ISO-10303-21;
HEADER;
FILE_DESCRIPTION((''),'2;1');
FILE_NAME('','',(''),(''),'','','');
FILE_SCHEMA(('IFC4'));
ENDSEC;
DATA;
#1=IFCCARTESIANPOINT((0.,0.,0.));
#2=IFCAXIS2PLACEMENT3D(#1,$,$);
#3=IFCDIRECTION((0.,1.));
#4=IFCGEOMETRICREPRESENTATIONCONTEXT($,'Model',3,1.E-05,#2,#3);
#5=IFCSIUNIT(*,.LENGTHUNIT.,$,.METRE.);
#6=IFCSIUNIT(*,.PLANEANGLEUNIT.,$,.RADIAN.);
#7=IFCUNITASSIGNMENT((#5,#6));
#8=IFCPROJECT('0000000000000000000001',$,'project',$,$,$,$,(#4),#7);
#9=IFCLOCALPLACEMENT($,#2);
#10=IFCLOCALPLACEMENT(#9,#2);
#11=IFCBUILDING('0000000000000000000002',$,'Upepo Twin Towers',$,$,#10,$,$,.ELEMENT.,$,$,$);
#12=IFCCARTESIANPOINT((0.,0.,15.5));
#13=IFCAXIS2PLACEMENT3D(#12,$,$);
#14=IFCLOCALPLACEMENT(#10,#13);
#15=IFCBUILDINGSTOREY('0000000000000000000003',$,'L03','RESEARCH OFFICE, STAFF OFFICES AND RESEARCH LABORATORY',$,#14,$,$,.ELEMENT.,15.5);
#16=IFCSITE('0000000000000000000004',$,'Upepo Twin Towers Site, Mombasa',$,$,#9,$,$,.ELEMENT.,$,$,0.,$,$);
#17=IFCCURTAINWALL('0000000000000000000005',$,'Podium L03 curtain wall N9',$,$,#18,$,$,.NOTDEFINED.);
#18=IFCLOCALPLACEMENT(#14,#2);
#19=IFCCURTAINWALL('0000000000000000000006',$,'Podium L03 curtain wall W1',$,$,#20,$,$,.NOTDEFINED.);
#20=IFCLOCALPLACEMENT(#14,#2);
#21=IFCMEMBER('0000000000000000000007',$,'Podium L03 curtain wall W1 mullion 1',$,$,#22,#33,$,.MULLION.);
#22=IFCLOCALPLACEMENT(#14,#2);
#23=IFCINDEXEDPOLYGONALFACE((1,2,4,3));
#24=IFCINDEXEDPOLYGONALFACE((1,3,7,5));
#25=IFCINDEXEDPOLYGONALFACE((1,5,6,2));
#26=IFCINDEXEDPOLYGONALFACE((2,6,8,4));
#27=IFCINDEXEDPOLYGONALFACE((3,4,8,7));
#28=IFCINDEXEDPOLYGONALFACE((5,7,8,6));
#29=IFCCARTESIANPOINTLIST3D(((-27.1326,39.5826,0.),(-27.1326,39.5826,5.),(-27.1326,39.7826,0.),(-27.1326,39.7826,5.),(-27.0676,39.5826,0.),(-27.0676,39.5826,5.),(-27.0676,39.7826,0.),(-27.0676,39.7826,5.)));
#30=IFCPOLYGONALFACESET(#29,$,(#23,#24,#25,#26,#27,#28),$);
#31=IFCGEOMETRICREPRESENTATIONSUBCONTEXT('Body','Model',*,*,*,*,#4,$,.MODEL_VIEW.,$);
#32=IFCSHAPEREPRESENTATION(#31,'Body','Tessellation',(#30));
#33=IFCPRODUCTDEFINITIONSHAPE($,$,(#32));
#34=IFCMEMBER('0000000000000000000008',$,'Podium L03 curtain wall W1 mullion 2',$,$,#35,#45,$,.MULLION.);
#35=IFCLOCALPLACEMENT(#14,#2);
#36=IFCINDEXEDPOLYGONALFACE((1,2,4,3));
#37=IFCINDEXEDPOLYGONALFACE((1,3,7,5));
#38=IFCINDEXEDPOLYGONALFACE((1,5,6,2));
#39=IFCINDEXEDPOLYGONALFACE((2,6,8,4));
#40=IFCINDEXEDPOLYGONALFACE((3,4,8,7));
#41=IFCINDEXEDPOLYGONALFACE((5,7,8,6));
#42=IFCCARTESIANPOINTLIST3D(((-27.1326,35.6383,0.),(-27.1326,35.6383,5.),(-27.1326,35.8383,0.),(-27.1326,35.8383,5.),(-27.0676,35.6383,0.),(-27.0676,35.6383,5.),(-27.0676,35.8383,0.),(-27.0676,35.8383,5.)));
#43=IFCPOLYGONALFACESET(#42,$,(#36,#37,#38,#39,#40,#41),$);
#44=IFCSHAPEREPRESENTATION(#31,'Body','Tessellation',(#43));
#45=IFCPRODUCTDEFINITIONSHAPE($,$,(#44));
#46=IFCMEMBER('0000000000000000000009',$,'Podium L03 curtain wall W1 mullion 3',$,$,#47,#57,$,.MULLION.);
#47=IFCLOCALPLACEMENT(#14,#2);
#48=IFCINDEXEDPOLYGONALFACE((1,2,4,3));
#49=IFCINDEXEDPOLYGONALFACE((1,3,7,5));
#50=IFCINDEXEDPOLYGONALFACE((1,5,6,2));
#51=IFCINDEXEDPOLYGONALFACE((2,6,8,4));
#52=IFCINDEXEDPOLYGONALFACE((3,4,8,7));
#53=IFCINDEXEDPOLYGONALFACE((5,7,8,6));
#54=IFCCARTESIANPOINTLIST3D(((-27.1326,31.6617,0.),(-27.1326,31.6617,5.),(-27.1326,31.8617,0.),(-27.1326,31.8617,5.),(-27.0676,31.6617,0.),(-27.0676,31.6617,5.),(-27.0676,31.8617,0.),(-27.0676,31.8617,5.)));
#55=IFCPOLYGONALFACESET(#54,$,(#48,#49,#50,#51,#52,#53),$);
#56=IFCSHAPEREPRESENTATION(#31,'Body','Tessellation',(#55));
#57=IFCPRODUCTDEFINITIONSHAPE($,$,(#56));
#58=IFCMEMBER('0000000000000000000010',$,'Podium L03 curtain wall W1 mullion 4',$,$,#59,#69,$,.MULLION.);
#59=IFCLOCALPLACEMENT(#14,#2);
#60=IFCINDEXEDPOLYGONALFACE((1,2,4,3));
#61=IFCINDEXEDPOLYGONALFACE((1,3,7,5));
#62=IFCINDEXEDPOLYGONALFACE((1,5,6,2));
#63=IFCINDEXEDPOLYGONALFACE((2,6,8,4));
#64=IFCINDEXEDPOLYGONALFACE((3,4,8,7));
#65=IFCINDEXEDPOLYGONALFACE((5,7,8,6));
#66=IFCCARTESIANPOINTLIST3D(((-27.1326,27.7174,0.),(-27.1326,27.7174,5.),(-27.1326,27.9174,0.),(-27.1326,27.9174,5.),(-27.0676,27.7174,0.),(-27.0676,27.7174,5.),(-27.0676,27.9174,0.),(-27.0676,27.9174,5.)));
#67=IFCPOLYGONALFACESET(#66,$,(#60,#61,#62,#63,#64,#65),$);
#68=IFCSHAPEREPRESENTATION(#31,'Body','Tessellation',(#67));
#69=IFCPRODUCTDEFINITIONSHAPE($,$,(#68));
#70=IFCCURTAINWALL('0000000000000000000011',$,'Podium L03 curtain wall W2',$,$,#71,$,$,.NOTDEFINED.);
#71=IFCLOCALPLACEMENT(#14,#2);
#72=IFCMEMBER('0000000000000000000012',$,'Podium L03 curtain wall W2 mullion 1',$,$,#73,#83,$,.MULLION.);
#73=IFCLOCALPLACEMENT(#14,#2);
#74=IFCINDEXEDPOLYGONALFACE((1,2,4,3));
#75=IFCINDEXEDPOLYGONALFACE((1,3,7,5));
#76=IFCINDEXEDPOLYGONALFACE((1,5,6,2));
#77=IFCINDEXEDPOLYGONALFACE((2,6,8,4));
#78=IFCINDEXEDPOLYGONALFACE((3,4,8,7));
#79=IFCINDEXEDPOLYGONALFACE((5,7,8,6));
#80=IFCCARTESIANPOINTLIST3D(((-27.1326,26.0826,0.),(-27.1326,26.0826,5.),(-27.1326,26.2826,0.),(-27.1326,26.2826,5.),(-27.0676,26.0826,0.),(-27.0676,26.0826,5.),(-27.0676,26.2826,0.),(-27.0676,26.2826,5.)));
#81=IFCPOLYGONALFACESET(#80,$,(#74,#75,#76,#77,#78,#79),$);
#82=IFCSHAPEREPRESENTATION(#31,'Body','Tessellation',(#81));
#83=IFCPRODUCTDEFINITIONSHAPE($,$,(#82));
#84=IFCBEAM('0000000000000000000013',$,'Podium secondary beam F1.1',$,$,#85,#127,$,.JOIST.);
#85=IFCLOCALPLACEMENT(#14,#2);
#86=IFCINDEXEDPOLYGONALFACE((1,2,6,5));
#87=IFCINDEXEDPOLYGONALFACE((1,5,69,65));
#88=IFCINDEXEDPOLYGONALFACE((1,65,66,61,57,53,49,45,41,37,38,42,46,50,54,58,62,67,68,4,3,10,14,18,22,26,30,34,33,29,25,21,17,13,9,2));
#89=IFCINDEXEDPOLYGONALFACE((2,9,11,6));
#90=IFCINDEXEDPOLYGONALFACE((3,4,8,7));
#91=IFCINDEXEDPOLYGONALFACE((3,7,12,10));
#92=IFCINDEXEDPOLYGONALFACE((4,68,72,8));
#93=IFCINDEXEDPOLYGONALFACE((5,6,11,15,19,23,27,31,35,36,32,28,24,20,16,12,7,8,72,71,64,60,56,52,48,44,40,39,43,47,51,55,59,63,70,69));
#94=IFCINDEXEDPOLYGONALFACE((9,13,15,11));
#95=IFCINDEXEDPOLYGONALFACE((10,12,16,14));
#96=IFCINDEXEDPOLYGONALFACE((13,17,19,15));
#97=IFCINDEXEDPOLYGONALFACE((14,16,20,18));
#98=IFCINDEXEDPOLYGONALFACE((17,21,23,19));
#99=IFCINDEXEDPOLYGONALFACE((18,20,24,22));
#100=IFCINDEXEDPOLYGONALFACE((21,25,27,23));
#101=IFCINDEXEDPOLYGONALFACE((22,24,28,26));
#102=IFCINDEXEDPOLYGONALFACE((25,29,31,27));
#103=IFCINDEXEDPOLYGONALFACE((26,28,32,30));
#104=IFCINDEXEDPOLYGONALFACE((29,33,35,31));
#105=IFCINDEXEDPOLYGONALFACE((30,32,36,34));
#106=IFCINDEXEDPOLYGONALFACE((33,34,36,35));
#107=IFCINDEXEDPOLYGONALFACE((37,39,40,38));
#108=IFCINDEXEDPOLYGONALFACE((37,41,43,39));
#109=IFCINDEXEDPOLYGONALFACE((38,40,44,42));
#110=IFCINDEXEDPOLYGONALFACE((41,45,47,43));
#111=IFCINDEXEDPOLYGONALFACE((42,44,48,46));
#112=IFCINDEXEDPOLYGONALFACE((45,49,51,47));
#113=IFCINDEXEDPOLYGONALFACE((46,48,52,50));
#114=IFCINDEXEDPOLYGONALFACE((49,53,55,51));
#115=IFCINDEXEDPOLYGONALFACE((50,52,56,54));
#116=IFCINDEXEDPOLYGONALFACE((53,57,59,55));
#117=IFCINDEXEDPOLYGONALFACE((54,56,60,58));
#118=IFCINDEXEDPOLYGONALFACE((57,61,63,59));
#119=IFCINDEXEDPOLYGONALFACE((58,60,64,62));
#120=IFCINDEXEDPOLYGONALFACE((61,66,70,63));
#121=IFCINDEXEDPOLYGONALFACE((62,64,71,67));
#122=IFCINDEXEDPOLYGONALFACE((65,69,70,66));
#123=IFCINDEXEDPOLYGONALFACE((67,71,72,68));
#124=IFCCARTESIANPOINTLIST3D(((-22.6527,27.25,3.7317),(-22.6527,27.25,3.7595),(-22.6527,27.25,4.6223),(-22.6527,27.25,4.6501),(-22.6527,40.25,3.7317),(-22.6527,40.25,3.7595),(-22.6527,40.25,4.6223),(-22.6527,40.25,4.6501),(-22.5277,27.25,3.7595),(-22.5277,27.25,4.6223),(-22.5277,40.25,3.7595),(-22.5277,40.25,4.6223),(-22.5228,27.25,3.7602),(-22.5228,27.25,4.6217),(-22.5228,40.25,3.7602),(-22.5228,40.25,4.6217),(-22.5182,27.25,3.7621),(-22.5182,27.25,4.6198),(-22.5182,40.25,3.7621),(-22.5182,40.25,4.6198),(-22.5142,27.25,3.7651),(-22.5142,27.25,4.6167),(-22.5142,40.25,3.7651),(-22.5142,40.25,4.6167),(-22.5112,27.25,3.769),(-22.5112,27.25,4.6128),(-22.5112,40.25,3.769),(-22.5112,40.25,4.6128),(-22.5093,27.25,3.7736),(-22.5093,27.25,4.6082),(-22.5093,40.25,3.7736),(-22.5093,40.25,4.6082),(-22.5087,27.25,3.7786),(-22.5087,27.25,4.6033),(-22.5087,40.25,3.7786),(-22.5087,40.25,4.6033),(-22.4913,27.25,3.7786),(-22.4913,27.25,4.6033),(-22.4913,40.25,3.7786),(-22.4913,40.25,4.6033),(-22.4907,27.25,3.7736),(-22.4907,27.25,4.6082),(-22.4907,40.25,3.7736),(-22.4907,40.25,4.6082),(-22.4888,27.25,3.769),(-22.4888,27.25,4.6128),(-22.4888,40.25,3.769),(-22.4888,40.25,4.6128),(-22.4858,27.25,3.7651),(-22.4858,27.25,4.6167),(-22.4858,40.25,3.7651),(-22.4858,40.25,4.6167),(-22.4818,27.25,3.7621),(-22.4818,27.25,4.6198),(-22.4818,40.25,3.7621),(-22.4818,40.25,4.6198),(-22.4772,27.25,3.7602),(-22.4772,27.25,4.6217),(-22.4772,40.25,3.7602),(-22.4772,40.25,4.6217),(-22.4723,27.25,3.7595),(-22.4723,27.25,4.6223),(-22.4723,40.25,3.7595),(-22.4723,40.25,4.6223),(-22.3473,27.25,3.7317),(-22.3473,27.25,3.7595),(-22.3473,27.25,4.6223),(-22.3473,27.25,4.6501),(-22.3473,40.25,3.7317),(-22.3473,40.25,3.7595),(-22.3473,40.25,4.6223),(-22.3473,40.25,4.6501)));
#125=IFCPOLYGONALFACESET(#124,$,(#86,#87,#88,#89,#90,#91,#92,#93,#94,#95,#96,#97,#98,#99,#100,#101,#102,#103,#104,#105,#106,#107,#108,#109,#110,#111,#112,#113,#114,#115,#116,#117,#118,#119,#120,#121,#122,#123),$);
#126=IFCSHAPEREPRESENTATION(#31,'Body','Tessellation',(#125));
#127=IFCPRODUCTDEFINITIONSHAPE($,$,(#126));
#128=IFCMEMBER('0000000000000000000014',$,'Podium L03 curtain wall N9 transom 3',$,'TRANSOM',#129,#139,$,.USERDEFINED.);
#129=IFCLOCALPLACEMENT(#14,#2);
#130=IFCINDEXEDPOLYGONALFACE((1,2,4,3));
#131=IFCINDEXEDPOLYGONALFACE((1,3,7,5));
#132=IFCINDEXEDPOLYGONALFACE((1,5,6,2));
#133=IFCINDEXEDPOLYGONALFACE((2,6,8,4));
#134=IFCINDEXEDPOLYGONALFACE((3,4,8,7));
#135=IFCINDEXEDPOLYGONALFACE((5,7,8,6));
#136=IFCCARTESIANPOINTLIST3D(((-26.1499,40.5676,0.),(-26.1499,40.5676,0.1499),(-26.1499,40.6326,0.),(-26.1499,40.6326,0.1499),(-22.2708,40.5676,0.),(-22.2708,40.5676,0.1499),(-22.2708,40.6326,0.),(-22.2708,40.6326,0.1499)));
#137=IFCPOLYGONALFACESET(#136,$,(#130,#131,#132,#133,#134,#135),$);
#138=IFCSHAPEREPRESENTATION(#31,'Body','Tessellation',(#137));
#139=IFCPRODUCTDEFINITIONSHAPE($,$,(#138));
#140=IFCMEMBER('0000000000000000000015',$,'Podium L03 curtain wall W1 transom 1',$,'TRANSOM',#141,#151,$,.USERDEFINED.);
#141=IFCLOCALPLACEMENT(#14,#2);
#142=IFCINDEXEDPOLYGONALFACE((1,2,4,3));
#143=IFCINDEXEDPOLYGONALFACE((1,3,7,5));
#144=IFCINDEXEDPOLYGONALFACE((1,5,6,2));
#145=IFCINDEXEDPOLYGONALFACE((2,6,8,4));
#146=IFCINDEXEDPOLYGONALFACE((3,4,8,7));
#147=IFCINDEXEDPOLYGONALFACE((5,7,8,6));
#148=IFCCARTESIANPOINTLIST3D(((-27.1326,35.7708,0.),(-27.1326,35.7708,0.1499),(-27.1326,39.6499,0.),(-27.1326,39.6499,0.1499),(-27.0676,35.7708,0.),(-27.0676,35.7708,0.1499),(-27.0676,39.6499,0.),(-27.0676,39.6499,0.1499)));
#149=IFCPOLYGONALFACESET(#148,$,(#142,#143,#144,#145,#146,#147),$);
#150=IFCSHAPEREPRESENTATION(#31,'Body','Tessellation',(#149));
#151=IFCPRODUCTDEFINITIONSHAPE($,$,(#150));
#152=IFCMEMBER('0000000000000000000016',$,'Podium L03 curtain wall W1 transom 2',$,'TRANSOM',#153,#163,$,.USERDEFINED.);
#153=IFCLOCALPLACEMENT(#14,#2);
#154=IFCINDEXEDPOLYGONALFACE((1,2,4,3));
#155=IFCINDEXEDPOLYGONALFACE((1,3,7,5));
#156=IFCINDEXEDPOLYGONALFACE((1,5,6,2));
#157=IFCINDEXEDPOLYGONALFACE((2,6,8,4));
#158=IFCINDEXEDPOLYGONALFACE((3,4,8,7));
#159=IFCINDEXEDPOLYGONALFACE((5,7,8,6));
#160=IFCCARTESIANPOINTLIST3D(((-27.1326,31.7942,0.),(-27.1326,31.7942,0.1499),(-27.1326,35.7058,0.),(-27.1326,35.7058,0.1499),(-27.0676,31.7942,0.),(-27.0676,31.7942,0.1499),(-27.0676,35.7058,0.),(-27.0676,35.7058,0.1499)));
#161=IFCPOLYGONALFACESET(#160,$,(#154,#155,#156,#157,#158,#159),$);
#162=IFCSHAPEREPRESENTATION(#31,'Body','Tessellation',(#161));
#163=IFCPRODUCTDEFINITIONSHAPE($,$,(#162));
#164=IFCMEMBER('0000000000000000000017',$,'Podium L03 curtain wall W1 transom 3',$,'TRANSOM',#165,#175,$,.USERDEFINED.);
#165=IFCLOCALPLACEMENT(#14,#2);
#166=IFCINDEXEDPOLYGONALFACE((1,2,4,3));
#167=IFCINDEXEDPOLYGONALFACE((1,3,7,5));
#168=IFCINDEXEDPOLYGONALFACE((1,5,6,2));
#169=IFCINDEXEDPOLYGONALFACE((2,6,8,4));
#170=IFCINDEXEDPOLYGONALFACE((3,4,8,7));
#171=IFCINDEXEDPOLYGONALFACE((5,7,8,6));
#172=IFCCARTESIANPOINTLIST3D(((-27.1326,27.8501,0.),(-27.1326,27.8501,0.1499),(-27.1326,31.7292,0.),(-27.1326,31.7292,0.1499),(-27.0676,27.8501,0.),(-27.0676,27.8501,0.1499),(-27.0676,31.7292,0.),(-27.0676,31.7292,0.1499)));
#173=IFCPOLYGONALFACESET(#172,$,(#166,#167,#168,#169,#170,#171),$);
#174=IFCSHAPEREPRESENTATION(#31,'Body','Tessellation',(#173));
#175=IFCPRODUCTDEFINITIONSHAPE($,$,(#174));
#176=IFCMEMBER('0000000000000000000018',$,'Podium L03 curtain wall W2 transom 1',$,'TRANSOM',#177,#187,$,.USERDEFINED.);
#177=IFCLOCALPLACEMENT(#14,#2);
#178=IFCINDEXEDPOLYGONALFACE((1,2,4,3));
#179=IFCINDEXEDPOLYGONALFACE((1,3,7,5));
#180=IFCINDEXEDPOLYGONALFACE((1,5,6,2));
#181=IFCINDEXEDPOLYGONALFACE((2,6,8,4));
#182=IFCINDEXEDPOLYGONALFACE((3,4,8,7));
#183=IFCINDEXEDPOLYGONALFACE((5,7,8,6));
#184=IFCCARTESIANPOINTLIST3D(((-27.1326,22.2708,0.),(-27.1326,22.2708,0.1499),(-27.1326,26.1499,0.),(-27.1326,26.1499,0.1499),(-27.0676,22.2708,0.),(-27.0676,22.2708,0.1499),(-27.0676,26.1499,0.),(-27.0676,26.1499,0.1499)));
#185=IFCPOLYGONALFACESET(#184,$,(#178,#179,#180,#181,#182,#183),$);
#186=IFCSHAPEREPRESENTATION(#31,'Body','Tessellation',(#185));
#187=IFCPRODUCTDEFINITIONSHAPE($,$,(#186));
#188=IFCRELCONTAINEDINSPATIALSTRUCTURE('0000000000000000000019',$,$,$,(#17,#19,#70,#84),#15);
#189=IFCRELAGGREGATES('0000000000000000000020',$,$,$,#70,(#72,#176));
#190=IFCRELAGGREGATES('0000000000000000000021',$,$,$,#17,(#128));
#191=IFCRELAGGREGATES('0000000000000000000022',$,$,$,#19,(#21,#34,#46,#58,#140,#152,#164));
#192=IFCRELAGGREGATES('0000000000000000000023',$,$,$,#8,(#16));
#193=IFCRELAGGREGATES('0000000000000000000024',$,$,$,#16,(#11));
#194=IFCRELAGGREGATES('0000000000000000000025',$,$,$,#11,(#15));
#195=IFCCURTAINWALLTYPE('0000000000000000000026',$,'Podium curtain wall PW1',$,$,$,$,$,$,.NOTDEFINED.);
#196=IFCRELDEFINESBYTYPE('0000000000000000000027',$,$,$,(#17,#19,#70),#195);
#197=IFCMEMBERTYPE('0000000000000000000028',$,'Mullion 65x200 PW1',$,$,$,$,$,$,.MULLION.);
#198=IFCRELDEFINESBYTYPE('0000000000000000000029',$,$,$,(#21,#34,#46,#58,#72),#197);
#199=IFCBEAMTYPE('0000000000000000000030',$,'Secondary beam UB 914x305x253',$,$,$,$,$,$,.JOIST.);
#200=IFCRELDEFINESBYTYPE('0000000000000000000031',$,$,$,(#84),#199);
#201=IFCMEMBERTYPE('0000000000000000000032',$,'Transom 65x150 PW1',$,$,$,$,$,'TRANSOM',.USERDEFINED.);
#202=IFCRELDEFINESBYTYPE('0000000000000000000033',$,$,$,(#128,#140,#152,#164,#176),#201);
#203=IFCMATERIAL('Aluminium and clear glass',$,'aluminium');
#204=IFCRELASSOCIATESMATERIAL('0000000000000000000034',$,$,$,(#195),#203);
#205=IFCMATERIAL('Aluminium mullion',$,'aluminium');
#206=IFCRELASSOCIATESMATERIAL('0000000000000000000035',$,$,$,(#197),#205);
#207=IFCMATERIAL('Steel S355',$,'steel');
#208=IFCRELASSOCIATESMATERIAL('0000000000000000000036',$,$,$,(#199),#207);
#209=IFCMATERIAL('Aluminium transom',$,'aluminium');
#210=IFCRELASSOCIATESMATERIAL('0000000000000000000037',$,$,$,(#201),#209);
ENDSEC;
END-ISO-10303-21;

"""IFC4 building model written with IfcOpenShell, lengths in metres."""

from ifc_helpers import new_model, si_unit, direction, frame, origin, origin_2d, place, context, subcontext, project, spatial, rectangle, i_section, extrude, material, material_profile, profile_set, type_object, element, aggregate, save


model = new_model("IFC4")

# Units and contexts
model_context = context("Model", 3, precision=1e-05, world=origin(), true_north=direction((0.0, 1.0)))
body_context = subcontext(model_context, "Body", "Model", "MODEL_VIEW")
ifc_project = project(units=[si_unit("LENGTHUNIT", "METRE"), si_unit("PLANEANGLEUNIT", "RADIAN")], contexts=[model_context])

# Site, building, storey
site_placement = place(None, origin())
site = spatial("IfcSite", under=ifc_project, at=site_placement, Name="Upepo Twin Towers Site, Mombasa", CompositionType="ELEMENT", RefElevation=0.0)
building_placement = place(site_placement, origin())
building = spatial("IfcBuilding", under=site, at=building_placement, Name="Upepo Twin Towers", CompositionType="ELEMENT")
storey_placement = place(building_placement, frame((0.0, 0.0, 15.5)))
storey = spatial("IfcBuildingStorey", under=building, at=storey_placement, Name="L03", Description="RESEARCH OFFICE, STAFF OFFICES AND RESEARCH LABORATORY", CompositionType="ELEMENT", Elevation=15.5)

# Curtain walls, members
ifc_material_1 = material(Name="Aluminium and clear glass", Category="aluminium")
curtain_wall_type = type_object("IfcCurtainWallType", Name="Podium curtain wall PW1", PredefinedType="NOTDEFINED", material=ifc_material_1)
curtain_wall_1_placement = place(storey_placement, origin())
curtain_wall_1 = element("IfcCurtainWall", 1, at=curtain_wall_1_placement, inside=storey, type_object=curtain_wall_type, Name="Podium L03 curtain wall N9", PredefinedType="NOTDEFINED")
ifc_material_2 = material(Name="Aluminium mullion", Category="aluminium")
ifc_material_profile_1 = material_profile(ifc_material_2, rectangle(XDim=0.0649, YDim=0.2, at=origin_2d()), Name="MULLION 65x200 PODIUM")
ifc_profile_set_1 = profile_set([ifc_material_profile_1], Name="Aluminium mullion")
member_type_1 = type_object("IfcMemberType", Name="Mullion 65x200 PW1", PredefinedType="MULLION", material=ifc_profile_set_1)
curtain_wall_2_placement = place(storey_placement, origin())
curtain_wall_2 = element("IfcCurtainWall", 2, at=curtain_wall_2_placement, inside=storey, type_object=curtain_wall_type, Name="Podium L03 curtain wall W1", PredefinedType="NOTDEFINED")
member_1_placement = place(storey_placement, frame((-27.1001, 39.6826, 0.0), z_axis=(0.0, 0.0, 1.0), x_axis=(1.0, 0.0, 0.0)))
member_1 = element("IfcMember", 3, at=member_1_placement, type_object=member_type_1, Name="Podium L03 curtain wall W1 mullion 1", PredefinedType="MULLION", context=body_context, shape_type="SweptSolid", body=[
    extrude(rectangle(XDim=0.0649, YDim=0.2, at=origin_2d()), origin(), (0.0, 0.0, 1.0), 5.0),
])
member_2_placement = place(storey_placement, frame((-27.1001, 35.7383, 0.0), z_axis=(0.0, 0.0, 1.0), x_axis=(1.0, 0.0, 0.0)))
member_2 = element("IfcMember", 4, at=member_2_placement, type_object=member_type_1, Name="Podium L03 curtain wall W1 mullion 2", PredefinedType="MULLION", context=body_context, shape_type="SweptSolid", body=[
    extrude(rectangle(XDim=0.0649, YDim=0.2, at=origin_2d()), origin(), (0.0, 0.0, 1.0), 5.0),
])
member_3_placement = place(storey_placement, frame((-27.1001, 31.7617, 0.0), z_axis=(0.0, 0.0, 1.0), x_axis=(1.0, 0.0, 0.0)))
member_3 = element("IfcMember", 5, at=member_3_placement, type_object=member_type_1, Name="Podium L03 curtain wall W1 mullion 3", PredefinedType="MULLION", context=body_context, shape_type="SweptSolid", body=[
    extrude(rectangle(XDim=0.0649, YDim=0.2, at=origin_2d()), origin(), (0.0, 0.0, 1.0), 5.0),
])
member_4_placement = place(storey_placement, frame((-27.1001, 27.8174, 0.0), z_axis=(0.0, 0.0, 1.0), x_axis=(1.0, 0.0, 0.0)))
member_4 = element("IfcMember", 6, at=member_4_placement, type_object=member_type_1, Name="Podium L03 curtain wall W1 mullion 4", PredefinedType="MULLION", context=body_context, shape_type="SweptSolid", body=[
    extrude(rectangle(XDim=0.0649, YDim=0.2, at=origin_2d()), origin(), (0.0, 0.0, 1.0), 5.0),
])

# Curtain wall, member
curtain_wall_3_placement = place(storey_placement, origin())
curtain_wall_3 = element("IfcCurtainWall", 7, at=curtain_wall_3_placement, inside=storey, type_object=curtain_wall_type, Name="Podium L03 curtain wall W2", PredefinedType="NOTDEFINED")
member_5_placement = place(storey_placement, frame((-27.1001, 26.1826, 0.0), z_axis=(0.0, 0.0, 1.0), x_axis=(1.0, 0.0, 0.0)))
member_5 = element("IfcMember", 8, at=member_5_placement, type_object=member_type_1, Name="Podium L03 curtain wall W2 mullion 1", PredefinedType="MULLION", context=body_context, shape_type="SweptSolid", body=[
    extrude(rectangle(XDim=0.0649, YDim=0.2, at=origin_2d()), origin(), (0.0, 0.0, 1.0), 5.0),
])

# Beam
ifc_material_3 = material(Name="Steel S355", Category="steel")
ifc_material_profile_2 = material_profile(ifc_material_3, i_section(OverallWidth=0.3054, OverallDepth=0.9185, WebThickness=0.0173, FlangeThickness=0.0278, FilletRadius=0.019, at=origin_2d()), Name="UB 914x305x253")
ifc_profile_set_2 = profile_set([ifc_material_profile_2], Name="Steel S355")
beam_type_1 = type_object("IfcBeamType", Name="Secondary beam UB 914x305x253", PredefinedType="JOIST", material=ifc_profile_set_2)
beam_placement = place(storey_placement, frame((-22.5, 27.25, 4.1909), z_axis=(0.0, 1.0, 0.0), x_axis=(-1.0, 0.0, 0.0)))
element("IfcBeam", 9, at=beam_placement, inside=storey, type_object=beam_type_1, Name="Podium secondary beam F1.1", PredefinedType="JOIST", context=body_context, shape_type="SweptSolid", body=[
    extrude(i_section(OverallWidth=0.3054, OverallDepth=0.9185, WebThickness=0.0173, FlangeThickness=0.0278, FilletRadius=0.019, at=origin_2d()), origin(), (0.0, 0.0, 1.0), 13.0),
])

# Members
ifc_material_4 = material(Name="Aluminium transom", Category="aluminium")
ifc_material_profile_3 = material_profile(ifc_material_4, rectangle(XDim=0.0649, YDim=0.1499, at=origin_2d()), Name="TRANSOM 65x150 PODIUM")
ifc_profile_set_3 = profile_set([ifc_material_profile_3], Name="Aluminium transom")
member_type_2 = type_object("IfcMemberType", Name="Transom 65x150 PW1", ElementType="TRANSOM", PredefinedType="USERDEFINED", material=ifc_profile_set_3)
member_6_placement = place(storey_placement, frame((-22.2708, 40.6001, 0.075), z_axis=(-1.0, 0.0, 0.0), x_axis=(0.0, -1.0, 0.0)))
member_6 = element("IfcMember", 10, at=member_6_placement, type_object=member_type_2, Name="Podium L03 curtain wall N9 transom 3", ObjectType="TRANSOM", PredefinedType="USERDEFINED", context=body_context, shape_type="SweptSolid", body=[
    extrude(rectangle(XDim=0.0649, YDim=0.1499, at=origin_2d()), origin(), (0.0, 0.0, 1.0), 3.8792),
])
member_7_placement = place(storey_placement, frame((-27.1001, 39.6499, 0.075), z_axis=(0.0, -1.0, 0.0), x_axis=(1.0, 0.0, 0.0)))
member_7 = element("IfcMember", 11, at=member_7_placement, type_object=member_type_2, Name="Podium L03 curtain wall W1 transom 1", ObjectType="TRANSOM", PredefinedType="USERDEFINED", context=body_context, shape_type="SweptSolid", body=[
    extrude(rectangle(XDim=0.0649, YDim=0.1499, at=origin_2d()), origin(), (0.0, 0.0, 1.0), 3.8792),
])
member_8_placement = place(storey_placement, frame((-27.1001, 35.7058, 0.075), z_axis=(0.0, -1.0, 0.0), x_axis=(1.0, 0.0, 0.0)))
member_8 = element("IfcMember", 12, at=member_8_placement, type_object=member_type_2, Name="Podium L03 curtain wall W1 transom 2", ObjectType="TRANSOM", PredefinedType="USERDEFINED", context=body_context, shape_type="SweptSolid", body=[
    extrude(rectangle(XDim=0.0649, YDim=0.1499, at=origin_2d()), origin(), (0.0, 0.0, 1.0), 3.9116),
])
member_9_placement = place(storey_placement, frame((-27.1001, 31.7292, 0.075), z_axis=(0.0, -1.0, 0.0), x_axis=(1.0, 0.0, 0.0)))
member_9 = element("IfcMember", 13, at=member_9_placement, type_object=member_type_2, Name="Podium L03 curtain wall W1 transom 3", ObjectType="TRANSOM", PredefinedType="USERDEFINED", context=body_context, shape_type="SweptSolid", body=[
    extrude(rectangle(XDim=0.0649, YDim=0.1499, at=origin_2d()), origin(), (0.0, 0.0, 1.0), 3.8792),
])
member_10_placement = place(storey_placement, frame((-27.1001, 26.1499, 0.075), z_axis=(0.0, -1.0, 0.0), x_axis=(1.0, 0.0, 0.0)))
member_10 = element("IfcMember", 14, at=member_10_placement, type_object=member_type_2, Name="Podium L03 curtain wall W2 transom 1", ObjectType="TRANSOM", PredefinedType="USERDEFINED", context=body_context, shape_type="SweptSolid", body=[
    extrude(rectangle(XDim=0.0649, YDim=0.1499, at=origin_2d()), origin(), (0.0, 0.0, 1.0), 3.8792),
])

aggregate(curtain_wall_3, [member_5, member_10])
aggregate(curtain_wall_1, [member_6])
aggregate(curtain_wall_2, [member_1, member_2, member_3, member_4, member_7, member_8, member_9])

save(model, "model.ifc")
